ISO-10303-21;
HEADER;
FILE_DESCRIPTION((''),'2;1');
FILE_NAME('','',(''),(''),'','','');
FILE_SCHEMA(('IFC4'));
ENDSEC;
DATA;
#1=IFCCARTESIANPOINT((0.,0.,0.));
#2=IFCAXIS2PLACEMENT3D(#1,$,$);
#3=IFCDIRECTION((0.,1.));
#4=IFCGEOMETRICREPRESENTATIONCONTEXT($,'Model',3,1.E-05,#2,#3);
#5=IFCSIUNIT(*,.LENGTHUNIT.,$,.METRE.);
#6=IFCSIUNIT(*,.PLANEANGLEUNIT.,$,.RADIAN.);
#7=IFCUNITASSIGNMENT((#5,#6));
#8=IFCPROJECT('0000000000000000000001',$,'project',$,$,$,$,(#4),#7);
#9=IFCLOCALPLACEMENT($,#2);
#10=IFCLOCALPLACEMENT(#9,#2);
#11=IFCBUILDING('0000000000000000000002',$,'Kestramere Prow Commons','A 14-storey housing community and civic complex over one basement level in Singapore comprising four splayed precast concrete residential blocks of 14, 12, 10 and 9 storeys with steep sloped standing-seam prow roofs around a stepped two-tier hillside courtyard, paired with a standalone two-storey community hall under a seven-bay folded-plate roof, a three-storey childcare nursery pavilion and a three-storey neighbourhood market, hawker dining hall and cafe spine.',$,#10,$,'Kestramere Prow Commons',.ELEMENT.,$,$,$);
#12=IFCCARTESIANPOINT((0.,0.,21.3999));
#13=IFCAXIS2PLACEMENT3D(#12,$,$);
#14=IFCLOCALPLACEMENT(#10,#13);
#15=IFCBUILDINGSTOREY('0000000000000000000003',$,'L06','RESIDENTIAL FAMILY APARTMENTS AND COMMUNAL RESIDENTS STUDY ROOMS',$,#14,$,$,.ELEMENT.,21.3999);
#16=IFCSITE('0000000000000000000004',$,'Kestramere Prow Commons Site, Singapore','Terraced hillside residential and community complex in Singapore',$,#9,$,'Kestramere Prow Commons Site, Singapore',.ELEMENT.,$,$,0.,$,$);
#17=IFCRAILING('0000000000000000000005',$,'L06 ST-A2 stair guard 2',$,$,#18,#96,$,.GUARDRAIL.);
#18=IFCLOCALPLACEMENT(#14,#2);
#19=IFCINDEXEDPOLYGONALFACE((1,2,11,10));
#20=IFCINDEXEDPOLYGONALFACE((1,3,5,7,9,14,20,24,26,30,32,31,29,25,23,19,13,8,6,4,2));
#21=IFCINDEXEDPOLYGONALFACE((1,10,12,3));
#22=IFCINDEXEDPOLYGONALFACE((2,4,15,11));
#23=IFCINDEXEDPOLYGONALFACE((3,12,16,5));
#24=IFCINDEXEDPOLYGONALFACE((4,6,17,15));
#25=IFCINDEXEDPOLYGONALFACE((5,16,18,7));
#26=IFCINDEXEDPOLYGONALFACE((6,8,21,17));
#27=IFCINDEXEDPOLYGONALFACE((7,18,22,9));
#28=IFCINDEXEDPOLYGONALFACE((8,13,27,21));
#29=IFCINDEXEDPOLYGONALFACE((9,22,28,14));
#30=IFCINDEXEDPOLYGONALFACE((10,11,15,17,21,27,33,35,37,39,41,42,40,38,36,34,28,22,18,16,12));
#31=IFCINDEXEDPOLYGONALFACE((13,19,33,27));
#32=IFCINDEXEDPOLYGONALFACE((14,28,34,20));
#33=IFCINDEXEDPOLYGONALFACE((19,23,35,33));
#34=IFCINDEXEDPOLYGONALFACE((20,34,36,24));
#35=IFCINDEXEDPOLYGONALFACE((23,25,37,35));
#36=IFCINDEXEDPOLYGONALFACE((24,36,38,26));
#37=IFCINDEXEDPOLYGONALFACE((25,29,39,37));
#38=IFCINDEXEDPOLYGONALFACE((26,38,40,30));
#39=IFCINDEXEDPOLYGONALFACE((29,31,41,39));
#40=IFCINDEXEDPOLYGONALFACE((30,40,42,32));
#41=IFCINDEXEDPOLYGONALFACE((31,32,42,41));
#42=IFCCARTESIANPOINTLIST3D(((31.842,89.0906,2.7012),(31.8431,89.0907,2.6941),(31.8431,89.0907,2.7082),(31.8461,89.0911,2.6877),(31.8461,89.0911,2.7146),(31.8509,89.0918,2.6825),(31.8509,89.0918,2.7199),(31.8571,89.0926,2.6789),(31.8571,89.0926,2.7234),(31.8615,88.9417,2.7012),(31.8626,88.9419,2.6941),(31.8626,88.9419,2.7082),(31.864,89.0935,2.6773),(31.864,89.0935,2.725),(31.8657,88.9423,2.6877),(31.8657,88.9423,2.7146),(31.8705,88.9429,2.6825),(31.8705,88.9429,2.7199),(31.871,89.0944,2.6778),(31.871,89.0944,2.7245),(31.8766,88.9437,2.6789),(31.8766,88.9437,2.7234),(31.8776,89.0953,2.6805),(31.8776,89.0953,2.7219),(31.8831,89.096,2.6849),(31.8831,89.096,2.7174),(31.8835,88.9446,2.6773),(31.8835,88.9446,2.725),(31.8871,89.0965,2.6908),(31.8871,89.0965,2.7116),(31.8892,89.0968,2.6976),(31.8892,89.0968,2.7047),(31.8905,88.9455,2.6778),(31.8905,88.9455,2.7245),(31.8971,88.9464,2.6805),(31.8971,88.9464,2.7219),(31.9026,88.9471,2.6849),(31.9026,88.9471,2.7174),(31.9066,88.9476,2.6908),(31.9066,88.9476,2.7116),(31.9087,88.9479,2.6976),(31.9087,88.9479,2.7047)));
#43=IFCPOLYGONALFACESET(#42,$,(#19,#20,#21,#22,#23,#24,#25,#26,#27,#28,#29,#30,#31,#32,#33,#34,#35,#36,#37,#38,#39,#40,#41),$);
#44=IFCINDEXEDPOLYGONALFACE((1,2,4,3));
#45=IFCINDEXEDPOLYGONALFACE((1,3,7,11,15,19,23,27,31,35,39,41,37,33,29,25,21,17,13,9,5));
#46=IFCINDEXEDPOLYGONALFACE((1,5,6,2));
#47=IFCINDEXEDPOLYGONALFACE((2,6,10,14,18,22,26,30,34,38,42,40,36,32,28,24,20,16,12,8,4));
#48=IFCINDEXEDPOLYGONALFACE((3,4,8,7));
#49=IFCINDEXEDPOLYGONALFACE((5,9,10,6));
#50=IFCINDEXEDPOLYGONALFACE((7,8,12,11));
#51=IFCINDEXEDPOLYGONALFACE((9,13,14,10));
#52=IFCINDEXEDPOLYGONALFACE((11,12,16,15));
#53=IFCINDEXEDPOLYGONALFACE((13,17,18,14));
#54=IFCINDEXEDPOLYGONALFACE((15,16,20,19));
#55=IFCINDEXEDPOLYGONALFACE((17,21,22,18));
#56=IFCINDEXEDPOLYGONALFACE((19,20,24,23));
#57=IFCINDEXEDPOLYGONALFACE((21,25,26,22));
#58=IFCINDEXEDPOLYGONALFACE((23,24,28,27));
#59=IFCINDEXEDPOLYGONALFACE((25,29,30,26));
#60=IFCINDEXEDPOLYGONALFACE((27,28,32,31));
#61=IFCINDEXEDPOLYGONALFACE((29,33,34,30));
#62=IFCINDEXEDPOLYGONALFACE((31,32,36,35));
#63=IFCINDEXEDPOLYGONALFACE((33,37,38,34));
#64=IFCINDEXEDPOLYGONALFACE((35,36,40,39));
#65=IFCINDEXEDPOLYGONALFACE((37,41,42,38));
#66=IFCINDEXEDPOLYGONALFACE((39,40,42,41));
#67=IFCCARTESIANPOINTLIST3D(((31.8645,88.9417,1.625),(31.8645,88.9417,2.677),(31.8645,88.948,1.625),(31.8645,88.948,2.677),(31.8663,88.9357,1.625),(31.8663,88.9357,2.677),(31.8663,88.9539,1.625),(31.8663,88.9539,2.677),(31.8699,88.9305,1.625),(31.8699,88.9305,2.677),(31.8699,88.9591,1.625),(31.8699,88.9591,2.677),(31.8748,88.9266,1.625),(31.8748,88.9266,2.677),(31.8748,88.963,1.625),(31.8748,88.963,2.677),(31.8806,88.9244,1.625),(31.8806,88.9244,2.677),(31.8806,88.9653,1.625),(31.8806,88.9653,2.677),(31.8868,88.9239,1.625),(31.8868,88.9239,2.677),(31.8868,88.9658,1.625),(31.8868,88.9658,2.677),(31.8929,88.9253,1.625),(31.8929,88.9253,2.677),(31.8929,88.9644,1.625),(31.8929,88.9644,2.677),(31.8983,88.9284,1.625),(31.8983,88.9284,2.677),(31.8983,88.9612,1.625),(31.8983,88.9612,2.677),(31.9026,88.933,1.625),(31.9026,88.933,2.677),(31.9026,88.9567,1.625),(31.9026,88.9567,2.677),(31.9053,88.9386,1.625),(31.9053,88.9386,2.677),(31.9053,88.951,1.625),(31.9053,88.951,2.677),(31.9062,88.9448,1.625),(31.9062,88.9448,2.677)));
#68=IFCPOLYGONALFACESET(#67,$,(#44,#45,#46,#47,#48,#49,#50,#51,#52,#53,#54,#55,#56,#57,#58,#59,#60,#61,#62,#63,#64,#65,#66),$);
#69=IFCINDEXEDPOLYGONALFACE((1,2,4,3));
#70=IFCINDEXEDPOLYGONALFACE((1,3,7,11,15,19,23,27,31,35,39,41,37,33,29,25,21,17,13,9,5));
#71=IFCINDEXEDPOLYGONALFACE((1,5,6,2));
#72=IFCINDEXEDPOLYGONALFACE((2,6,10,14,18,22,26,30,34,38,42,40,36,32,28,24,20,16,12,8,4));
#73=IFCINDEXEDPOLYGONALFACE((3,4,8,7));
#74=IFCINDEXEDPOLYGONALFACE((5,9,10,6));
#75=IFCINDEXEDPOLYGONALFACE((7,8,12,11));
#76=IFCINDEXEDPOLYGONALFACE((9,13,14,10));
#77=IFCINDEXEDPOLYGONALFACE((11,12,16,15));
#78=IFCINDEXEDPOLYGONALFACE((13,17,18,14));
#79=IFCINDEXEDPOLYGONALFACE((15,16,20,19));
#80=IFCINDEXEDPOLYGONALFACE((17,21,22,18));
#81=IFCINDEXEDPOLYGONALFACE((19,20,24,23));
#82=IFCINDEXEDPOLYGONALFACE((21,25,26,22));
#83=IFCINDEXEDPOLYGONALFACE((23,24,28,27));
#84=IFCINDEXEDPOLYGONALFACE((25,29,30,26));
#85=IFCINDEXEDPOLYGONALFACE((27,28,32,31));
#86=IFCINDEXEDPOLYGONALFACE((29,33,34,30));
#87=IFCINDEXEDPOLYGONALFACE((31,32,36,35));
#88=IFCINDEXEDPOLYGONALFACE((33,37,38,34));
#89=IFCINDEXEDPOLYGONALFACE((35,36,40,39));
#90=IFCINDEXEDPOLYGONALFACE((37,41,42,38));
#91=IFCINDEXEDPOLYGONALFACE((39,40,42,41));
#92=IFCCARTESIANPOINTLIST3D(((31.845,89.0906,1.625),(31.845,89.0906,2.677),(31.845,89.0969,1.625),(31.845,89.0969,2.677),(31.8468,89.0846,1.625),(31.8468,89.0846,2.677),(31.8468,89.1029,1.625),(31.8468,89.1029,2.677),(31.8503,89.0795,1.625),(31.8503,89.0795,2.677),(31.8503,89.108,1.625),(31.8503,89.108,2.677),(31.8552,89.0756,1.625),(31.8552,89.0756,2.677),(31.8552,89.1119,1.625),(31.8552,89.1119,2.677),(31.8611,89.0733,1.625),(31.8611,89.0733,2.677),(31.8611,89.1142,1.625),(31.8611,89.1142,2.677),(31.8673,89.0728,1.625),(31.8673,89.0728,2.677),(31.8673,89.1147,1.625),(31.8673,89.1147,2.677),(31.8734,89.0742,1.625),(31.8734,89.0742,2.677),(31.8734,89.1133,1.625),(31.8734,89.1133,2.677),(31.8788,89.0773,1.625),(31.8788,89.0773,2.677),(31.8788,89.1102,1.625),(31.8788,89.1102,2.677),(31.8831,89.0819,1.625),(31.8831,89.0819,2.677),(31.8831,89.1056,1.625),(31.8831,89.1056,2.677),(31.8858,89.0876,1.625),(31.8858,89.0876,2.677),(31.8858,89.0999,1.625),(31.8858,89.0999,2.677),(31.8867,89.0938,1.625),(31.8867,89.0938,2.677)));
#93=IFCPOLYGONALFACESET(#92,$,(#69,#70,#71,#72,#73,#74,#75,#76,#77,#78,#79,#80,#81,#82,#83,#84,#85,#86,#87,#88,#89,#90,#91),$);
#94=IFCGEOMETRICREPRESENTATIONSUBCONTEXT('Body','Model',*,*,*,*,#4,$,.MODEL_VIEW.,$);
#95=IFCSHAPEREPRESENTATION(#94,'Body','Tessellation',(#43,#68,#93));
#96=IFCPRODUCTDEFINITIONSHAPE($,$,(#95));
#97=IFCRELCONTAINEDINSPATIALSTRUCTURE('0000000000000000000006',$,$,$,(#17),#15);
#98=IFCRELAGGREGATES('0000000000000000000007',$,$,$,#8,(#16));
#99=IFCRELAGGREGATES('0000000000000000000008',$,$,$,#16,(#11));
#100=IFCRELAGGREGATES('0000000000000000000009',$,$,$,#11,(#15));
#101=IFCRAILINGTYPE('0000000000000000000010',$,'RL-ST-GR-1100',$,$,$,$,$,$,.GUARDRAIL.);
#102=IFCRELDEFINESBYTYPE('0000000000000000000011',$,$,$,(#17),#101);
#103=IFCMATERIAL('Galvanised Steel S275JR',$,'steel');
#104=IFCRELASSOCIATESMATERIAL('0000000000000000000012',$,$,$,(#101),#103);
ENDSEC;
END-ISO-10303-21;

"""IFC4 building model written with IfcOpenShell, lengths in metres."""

from ifc_helpers import new_model, si_unit, direction, frame, origin, origin_2d, place, context, subcontext, project, spatial, circle, extrude, material, type_object, element, save


model = new_model("IFC4")

# Units and contexts
model_context = context("Model", 3, precision=1e-05, world=origin(), true_north=direction((0.0, 1.0)))
body_context = subcontext(model_context, "Body", "Model", "MODEL_VIEW")
ifc_project = project(units=[si_unit("LENGTHUNIT", "METRE"), si_unit("PLANEANGLEUNIT", "RADIAN")], contexts=[model_context])

# Site, building, storey
site_placement = place(None, origin())
site = spatial("IfcSite", under=ifc_project, at=site_placement, Name="Kestramere Prow Commons Site, Singapore", Description="Terraced hillside residential and community complex in Singapore", LongName="Kestramere Prow Commons Site, Singapore", CompositionType="ELEMENT", RefElevation=0.0)
building_placement = place(site_placement, origin())
building = spatial("IfcBuilding", under=site, at=building_placement, Name="Kestramere Prow Commons", Description="A 14-storey housing community and civic complex over one basement level in Singapore comprising four splayed precast concrete residential blocks of 14, 12, 10 and 9 storeys with steep sloped standing-seam prow roofs around a stepped two-tier hillside courtyard, paired with a standalone two-storey community hall under a seven-bay folded-plate roof, a three-storey childcare nursery pavilion and a three-storey neighbourhood market, hawker dining hall and cafe spine.", LongName="Kestramere Prow Commons", CompositionType="ELEMENT")
storey_placement = place(building_placement, frame((0.0, 0.0, 21.3999)))
storey = spatial("IfcBuildingStorey", under=building, at=storey_placement, Name="L06", Description="RESIDENTIAL FAMILY APARTMENTS AND COMMUNAL RESIDENTS STUDY ROOMS", CompositionType="ELEMENT", Elevation=21.3999)

# Railing
ifc_material_1 = material(Name="Galvanised Steel S275JR", Category="steel")
railing_type_1 = type_object("IfcRailingType", Name="RL-ST-GR-1100", PredefinedType="GUARDRAIL", material=ifc_material_1)
railing_1_placement = place(storey_placement, frame((31.8853, 88.9448, 1.625)))
element("IfcRailing", 1, at=railing_1_placement, inside=storey, type_object=railing_type_1, Name="L06 ST-A2 stair guard 2", PredefinedType="GUARDRAIL", context=body_context, shape_type="SweptSolid", body=[
    extrude(circle(Radius=0.0239, at=origin_2d()), frame((0.0, 0.0, 1.0762), z_axis=(-0.130034, 0.99151, 0.0), x_axis=(-0.99151, -0.130034, 0.0)), (0.0, 0.0, 1.0), 0.1501),
    extrude(circle(Radius=0.021, at=origin_2d()), origin(), (0.0, 0.0, 1.0), 1.052),
    extrude(circle(Radius=0.021, at=origin_2d()), frame((-0.0195, 0.1489, 0.0)), (0.0, 0.0, 1.0), 1.052),
])

save(model, "model.ifc")
